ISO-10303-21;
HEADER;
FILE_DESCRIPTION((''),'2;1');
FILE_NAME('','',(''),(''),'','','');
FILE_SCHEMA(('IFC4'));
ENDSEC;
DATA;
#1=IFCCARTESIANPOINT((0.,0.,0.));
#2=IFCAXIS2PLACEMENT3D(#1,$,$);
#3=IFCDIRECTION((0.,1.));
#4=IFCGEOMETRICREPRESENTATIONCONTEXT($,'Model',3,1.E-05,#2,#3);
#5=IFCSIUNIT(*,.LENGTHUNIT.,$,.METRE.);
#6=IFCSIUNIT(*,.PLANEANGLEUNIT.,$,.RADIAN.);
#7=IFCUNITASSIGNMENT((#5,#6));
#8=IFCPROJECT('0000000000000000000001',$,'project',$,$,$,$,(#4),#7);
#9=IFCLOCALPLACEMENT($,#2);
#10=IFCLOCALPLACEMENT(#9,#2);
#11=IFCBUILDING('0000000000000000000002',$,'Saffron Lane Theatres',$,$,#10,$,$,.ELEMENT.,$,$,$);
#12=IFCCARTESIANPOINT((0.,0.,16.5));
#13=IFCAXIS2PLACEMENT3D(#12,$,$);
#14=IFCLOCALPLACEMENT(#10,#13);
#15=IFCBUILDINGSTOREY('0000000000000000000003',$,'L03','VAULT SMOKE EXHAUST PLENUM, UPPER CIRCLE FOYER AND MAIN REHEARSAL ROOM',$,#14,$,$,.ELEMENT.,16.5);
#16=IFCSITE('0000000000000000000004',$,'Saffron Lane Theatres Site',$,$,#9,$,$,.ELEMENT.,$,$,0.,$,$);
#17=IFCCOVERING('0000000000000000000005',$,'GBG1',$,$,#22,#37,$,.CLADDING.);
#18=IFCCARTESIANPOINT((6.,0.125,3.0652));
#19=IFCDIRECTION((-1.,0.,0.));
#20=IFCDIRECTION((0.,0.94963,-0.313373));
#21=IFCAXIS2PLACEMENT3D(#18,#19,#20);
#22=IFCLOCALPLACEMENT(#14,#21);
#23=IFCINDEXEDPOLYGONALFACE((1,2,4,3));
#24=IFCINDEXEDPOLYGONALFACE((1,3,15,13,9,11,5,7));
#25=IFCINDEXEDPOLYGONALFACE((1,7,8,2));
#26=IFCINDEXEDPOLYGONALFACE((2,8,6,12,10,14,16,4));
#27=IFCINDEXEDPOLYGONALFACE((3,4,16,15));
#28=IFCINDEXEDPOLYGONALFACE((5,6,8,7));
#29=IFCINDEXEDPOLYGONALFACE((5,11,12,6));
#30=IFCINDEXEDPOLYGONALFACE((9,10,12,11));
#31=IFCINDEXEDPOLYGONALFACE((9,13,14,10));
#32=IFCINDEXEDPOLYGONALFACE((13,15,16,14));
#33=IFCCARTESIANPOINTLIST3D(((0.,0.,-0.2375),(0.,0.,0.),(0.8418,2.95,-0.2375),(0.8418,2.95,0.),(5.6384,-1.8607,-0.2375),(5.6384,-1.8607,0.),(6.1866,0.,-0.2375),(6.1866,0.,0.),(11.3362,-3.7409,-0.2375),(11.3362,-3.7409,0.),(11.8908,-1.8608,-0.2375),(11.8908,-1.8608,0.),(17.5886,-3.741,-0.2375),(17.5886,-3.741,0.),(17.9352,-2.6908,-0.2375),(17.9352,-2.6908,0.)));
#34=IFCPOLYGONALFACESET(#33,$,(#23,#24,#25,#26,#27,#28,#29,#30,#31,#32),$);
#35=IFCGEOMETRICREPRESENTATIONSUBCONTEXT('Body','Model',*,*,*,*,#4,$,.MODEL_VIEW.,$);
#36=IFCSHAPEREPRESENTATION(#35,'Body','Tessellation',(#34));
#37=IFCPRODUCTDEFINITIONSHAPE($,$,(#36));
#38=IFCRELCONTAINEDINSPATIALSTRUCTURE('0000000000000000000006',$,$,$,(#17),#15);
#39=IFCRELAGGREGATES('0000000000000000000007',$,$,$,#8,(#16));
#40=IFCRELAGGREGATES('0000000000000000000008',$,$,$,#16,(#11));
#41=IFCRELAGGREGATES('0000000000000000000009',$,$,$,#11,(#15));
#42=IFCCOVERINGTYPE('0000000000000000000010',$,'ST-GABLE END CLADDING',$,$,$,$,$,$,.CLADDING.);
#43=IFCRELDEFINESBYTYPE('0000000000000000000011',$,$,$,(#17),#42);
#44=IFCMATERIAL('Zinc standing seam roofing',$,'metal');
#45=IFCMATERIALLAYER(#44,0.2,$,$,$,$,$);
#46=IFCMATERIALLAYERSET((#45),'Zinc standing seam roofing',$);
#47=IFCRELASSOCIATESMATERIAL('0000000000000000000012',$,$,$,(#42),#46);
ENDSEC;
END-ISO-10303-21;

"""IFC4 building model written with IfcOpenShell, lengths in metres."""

from ifc_helpers import new_model, si_unit, direction, frame, origin, place, context, subcontext, project, spatial, polyline, outline, extrude, material, layer, layer_set, type_object, element, save


model = new_model("IFC4")

# Units and contexts
model_context = context("Model", 3, precision=1e-05, world=origin(), true_north=direction((0.0, 1.0)))
body_context = subcontext(model_context, "Body", "Model", "MODEL_VIEW")
ifc_project = project(units=[si_unit("LENGTHUNIT", "METRE"), si_unit("PLANEANGLEUNIT", "RADIAN")], contexts=[model_context])

# Site, building, storey
site_placement = place(None, origin())
site = spatial("IfcSite", under=ifc_project, at=site_placement, Name="Saffron Lane Theatres Site", CompositionType="ELEMENT", RefElevation=0.0)
building_placement = place(site_placement, origin())
building = spatial("IfcBuilding", under=site, at=building_placement, Name="Saffron Lane Theatres", CompositionType="ELEMENT")
storey_placement = place(building_placement, frame((0.0, 0.0, 16.5)))
storey = spatial("IfcBuildingStorey", under=building, at=storey_placement, Name="L03", Description="VAULT SMOKE EXHAUST PLENUM, UPPER CIRCLE FOYER AND MAIN REHEARSAL ROOM", CompositionType="ELEMENT", Elevation=16.5)

# Covering
ifc_material_1 = material(Name="Zinc standing seam roofing", Category="metal")
ifc_layer_1 = layer(ifc_material_1, 0.2)
ifc_layer_set_1 = layer_set([ifc_layer_1], Name="Zinc standing seam roofing")
covering_type_1 = type_object("IfcCoveringType", Name="ST-GABLE END CLADDING", PredefinedType="CLADDING", material=ifc_layer_set_1)
covering_1_placement = place(storey_placement, frame((6.0, 0.125, 3.0652), z_axis=(-1.0, 0.0, 0.0), x_axis=(0.0, 0.94963, -0.313373)))
element("IfcCovering", 1, at=covering_1_placement, inside=storey, type_object=covering_type_1, Name="GBG1", PredefinedType="CLADDING", context=body_context, shape_type="SweptSolid", body=[
    extrude(outline(polyline([(0.0, 0.0), (6.1866, 0.0), (5.6384, -1.8607), (11.8908, -1.8608), (11.3362, -3.7409), (17.5886, -3.741), (17.9352, -2.6908), (0.8418, 2.95), (0.0, 0.0)])), origin(), (0.0, 0.0, -1.0), 0.2375),
])

save(model, "model.ifc")
